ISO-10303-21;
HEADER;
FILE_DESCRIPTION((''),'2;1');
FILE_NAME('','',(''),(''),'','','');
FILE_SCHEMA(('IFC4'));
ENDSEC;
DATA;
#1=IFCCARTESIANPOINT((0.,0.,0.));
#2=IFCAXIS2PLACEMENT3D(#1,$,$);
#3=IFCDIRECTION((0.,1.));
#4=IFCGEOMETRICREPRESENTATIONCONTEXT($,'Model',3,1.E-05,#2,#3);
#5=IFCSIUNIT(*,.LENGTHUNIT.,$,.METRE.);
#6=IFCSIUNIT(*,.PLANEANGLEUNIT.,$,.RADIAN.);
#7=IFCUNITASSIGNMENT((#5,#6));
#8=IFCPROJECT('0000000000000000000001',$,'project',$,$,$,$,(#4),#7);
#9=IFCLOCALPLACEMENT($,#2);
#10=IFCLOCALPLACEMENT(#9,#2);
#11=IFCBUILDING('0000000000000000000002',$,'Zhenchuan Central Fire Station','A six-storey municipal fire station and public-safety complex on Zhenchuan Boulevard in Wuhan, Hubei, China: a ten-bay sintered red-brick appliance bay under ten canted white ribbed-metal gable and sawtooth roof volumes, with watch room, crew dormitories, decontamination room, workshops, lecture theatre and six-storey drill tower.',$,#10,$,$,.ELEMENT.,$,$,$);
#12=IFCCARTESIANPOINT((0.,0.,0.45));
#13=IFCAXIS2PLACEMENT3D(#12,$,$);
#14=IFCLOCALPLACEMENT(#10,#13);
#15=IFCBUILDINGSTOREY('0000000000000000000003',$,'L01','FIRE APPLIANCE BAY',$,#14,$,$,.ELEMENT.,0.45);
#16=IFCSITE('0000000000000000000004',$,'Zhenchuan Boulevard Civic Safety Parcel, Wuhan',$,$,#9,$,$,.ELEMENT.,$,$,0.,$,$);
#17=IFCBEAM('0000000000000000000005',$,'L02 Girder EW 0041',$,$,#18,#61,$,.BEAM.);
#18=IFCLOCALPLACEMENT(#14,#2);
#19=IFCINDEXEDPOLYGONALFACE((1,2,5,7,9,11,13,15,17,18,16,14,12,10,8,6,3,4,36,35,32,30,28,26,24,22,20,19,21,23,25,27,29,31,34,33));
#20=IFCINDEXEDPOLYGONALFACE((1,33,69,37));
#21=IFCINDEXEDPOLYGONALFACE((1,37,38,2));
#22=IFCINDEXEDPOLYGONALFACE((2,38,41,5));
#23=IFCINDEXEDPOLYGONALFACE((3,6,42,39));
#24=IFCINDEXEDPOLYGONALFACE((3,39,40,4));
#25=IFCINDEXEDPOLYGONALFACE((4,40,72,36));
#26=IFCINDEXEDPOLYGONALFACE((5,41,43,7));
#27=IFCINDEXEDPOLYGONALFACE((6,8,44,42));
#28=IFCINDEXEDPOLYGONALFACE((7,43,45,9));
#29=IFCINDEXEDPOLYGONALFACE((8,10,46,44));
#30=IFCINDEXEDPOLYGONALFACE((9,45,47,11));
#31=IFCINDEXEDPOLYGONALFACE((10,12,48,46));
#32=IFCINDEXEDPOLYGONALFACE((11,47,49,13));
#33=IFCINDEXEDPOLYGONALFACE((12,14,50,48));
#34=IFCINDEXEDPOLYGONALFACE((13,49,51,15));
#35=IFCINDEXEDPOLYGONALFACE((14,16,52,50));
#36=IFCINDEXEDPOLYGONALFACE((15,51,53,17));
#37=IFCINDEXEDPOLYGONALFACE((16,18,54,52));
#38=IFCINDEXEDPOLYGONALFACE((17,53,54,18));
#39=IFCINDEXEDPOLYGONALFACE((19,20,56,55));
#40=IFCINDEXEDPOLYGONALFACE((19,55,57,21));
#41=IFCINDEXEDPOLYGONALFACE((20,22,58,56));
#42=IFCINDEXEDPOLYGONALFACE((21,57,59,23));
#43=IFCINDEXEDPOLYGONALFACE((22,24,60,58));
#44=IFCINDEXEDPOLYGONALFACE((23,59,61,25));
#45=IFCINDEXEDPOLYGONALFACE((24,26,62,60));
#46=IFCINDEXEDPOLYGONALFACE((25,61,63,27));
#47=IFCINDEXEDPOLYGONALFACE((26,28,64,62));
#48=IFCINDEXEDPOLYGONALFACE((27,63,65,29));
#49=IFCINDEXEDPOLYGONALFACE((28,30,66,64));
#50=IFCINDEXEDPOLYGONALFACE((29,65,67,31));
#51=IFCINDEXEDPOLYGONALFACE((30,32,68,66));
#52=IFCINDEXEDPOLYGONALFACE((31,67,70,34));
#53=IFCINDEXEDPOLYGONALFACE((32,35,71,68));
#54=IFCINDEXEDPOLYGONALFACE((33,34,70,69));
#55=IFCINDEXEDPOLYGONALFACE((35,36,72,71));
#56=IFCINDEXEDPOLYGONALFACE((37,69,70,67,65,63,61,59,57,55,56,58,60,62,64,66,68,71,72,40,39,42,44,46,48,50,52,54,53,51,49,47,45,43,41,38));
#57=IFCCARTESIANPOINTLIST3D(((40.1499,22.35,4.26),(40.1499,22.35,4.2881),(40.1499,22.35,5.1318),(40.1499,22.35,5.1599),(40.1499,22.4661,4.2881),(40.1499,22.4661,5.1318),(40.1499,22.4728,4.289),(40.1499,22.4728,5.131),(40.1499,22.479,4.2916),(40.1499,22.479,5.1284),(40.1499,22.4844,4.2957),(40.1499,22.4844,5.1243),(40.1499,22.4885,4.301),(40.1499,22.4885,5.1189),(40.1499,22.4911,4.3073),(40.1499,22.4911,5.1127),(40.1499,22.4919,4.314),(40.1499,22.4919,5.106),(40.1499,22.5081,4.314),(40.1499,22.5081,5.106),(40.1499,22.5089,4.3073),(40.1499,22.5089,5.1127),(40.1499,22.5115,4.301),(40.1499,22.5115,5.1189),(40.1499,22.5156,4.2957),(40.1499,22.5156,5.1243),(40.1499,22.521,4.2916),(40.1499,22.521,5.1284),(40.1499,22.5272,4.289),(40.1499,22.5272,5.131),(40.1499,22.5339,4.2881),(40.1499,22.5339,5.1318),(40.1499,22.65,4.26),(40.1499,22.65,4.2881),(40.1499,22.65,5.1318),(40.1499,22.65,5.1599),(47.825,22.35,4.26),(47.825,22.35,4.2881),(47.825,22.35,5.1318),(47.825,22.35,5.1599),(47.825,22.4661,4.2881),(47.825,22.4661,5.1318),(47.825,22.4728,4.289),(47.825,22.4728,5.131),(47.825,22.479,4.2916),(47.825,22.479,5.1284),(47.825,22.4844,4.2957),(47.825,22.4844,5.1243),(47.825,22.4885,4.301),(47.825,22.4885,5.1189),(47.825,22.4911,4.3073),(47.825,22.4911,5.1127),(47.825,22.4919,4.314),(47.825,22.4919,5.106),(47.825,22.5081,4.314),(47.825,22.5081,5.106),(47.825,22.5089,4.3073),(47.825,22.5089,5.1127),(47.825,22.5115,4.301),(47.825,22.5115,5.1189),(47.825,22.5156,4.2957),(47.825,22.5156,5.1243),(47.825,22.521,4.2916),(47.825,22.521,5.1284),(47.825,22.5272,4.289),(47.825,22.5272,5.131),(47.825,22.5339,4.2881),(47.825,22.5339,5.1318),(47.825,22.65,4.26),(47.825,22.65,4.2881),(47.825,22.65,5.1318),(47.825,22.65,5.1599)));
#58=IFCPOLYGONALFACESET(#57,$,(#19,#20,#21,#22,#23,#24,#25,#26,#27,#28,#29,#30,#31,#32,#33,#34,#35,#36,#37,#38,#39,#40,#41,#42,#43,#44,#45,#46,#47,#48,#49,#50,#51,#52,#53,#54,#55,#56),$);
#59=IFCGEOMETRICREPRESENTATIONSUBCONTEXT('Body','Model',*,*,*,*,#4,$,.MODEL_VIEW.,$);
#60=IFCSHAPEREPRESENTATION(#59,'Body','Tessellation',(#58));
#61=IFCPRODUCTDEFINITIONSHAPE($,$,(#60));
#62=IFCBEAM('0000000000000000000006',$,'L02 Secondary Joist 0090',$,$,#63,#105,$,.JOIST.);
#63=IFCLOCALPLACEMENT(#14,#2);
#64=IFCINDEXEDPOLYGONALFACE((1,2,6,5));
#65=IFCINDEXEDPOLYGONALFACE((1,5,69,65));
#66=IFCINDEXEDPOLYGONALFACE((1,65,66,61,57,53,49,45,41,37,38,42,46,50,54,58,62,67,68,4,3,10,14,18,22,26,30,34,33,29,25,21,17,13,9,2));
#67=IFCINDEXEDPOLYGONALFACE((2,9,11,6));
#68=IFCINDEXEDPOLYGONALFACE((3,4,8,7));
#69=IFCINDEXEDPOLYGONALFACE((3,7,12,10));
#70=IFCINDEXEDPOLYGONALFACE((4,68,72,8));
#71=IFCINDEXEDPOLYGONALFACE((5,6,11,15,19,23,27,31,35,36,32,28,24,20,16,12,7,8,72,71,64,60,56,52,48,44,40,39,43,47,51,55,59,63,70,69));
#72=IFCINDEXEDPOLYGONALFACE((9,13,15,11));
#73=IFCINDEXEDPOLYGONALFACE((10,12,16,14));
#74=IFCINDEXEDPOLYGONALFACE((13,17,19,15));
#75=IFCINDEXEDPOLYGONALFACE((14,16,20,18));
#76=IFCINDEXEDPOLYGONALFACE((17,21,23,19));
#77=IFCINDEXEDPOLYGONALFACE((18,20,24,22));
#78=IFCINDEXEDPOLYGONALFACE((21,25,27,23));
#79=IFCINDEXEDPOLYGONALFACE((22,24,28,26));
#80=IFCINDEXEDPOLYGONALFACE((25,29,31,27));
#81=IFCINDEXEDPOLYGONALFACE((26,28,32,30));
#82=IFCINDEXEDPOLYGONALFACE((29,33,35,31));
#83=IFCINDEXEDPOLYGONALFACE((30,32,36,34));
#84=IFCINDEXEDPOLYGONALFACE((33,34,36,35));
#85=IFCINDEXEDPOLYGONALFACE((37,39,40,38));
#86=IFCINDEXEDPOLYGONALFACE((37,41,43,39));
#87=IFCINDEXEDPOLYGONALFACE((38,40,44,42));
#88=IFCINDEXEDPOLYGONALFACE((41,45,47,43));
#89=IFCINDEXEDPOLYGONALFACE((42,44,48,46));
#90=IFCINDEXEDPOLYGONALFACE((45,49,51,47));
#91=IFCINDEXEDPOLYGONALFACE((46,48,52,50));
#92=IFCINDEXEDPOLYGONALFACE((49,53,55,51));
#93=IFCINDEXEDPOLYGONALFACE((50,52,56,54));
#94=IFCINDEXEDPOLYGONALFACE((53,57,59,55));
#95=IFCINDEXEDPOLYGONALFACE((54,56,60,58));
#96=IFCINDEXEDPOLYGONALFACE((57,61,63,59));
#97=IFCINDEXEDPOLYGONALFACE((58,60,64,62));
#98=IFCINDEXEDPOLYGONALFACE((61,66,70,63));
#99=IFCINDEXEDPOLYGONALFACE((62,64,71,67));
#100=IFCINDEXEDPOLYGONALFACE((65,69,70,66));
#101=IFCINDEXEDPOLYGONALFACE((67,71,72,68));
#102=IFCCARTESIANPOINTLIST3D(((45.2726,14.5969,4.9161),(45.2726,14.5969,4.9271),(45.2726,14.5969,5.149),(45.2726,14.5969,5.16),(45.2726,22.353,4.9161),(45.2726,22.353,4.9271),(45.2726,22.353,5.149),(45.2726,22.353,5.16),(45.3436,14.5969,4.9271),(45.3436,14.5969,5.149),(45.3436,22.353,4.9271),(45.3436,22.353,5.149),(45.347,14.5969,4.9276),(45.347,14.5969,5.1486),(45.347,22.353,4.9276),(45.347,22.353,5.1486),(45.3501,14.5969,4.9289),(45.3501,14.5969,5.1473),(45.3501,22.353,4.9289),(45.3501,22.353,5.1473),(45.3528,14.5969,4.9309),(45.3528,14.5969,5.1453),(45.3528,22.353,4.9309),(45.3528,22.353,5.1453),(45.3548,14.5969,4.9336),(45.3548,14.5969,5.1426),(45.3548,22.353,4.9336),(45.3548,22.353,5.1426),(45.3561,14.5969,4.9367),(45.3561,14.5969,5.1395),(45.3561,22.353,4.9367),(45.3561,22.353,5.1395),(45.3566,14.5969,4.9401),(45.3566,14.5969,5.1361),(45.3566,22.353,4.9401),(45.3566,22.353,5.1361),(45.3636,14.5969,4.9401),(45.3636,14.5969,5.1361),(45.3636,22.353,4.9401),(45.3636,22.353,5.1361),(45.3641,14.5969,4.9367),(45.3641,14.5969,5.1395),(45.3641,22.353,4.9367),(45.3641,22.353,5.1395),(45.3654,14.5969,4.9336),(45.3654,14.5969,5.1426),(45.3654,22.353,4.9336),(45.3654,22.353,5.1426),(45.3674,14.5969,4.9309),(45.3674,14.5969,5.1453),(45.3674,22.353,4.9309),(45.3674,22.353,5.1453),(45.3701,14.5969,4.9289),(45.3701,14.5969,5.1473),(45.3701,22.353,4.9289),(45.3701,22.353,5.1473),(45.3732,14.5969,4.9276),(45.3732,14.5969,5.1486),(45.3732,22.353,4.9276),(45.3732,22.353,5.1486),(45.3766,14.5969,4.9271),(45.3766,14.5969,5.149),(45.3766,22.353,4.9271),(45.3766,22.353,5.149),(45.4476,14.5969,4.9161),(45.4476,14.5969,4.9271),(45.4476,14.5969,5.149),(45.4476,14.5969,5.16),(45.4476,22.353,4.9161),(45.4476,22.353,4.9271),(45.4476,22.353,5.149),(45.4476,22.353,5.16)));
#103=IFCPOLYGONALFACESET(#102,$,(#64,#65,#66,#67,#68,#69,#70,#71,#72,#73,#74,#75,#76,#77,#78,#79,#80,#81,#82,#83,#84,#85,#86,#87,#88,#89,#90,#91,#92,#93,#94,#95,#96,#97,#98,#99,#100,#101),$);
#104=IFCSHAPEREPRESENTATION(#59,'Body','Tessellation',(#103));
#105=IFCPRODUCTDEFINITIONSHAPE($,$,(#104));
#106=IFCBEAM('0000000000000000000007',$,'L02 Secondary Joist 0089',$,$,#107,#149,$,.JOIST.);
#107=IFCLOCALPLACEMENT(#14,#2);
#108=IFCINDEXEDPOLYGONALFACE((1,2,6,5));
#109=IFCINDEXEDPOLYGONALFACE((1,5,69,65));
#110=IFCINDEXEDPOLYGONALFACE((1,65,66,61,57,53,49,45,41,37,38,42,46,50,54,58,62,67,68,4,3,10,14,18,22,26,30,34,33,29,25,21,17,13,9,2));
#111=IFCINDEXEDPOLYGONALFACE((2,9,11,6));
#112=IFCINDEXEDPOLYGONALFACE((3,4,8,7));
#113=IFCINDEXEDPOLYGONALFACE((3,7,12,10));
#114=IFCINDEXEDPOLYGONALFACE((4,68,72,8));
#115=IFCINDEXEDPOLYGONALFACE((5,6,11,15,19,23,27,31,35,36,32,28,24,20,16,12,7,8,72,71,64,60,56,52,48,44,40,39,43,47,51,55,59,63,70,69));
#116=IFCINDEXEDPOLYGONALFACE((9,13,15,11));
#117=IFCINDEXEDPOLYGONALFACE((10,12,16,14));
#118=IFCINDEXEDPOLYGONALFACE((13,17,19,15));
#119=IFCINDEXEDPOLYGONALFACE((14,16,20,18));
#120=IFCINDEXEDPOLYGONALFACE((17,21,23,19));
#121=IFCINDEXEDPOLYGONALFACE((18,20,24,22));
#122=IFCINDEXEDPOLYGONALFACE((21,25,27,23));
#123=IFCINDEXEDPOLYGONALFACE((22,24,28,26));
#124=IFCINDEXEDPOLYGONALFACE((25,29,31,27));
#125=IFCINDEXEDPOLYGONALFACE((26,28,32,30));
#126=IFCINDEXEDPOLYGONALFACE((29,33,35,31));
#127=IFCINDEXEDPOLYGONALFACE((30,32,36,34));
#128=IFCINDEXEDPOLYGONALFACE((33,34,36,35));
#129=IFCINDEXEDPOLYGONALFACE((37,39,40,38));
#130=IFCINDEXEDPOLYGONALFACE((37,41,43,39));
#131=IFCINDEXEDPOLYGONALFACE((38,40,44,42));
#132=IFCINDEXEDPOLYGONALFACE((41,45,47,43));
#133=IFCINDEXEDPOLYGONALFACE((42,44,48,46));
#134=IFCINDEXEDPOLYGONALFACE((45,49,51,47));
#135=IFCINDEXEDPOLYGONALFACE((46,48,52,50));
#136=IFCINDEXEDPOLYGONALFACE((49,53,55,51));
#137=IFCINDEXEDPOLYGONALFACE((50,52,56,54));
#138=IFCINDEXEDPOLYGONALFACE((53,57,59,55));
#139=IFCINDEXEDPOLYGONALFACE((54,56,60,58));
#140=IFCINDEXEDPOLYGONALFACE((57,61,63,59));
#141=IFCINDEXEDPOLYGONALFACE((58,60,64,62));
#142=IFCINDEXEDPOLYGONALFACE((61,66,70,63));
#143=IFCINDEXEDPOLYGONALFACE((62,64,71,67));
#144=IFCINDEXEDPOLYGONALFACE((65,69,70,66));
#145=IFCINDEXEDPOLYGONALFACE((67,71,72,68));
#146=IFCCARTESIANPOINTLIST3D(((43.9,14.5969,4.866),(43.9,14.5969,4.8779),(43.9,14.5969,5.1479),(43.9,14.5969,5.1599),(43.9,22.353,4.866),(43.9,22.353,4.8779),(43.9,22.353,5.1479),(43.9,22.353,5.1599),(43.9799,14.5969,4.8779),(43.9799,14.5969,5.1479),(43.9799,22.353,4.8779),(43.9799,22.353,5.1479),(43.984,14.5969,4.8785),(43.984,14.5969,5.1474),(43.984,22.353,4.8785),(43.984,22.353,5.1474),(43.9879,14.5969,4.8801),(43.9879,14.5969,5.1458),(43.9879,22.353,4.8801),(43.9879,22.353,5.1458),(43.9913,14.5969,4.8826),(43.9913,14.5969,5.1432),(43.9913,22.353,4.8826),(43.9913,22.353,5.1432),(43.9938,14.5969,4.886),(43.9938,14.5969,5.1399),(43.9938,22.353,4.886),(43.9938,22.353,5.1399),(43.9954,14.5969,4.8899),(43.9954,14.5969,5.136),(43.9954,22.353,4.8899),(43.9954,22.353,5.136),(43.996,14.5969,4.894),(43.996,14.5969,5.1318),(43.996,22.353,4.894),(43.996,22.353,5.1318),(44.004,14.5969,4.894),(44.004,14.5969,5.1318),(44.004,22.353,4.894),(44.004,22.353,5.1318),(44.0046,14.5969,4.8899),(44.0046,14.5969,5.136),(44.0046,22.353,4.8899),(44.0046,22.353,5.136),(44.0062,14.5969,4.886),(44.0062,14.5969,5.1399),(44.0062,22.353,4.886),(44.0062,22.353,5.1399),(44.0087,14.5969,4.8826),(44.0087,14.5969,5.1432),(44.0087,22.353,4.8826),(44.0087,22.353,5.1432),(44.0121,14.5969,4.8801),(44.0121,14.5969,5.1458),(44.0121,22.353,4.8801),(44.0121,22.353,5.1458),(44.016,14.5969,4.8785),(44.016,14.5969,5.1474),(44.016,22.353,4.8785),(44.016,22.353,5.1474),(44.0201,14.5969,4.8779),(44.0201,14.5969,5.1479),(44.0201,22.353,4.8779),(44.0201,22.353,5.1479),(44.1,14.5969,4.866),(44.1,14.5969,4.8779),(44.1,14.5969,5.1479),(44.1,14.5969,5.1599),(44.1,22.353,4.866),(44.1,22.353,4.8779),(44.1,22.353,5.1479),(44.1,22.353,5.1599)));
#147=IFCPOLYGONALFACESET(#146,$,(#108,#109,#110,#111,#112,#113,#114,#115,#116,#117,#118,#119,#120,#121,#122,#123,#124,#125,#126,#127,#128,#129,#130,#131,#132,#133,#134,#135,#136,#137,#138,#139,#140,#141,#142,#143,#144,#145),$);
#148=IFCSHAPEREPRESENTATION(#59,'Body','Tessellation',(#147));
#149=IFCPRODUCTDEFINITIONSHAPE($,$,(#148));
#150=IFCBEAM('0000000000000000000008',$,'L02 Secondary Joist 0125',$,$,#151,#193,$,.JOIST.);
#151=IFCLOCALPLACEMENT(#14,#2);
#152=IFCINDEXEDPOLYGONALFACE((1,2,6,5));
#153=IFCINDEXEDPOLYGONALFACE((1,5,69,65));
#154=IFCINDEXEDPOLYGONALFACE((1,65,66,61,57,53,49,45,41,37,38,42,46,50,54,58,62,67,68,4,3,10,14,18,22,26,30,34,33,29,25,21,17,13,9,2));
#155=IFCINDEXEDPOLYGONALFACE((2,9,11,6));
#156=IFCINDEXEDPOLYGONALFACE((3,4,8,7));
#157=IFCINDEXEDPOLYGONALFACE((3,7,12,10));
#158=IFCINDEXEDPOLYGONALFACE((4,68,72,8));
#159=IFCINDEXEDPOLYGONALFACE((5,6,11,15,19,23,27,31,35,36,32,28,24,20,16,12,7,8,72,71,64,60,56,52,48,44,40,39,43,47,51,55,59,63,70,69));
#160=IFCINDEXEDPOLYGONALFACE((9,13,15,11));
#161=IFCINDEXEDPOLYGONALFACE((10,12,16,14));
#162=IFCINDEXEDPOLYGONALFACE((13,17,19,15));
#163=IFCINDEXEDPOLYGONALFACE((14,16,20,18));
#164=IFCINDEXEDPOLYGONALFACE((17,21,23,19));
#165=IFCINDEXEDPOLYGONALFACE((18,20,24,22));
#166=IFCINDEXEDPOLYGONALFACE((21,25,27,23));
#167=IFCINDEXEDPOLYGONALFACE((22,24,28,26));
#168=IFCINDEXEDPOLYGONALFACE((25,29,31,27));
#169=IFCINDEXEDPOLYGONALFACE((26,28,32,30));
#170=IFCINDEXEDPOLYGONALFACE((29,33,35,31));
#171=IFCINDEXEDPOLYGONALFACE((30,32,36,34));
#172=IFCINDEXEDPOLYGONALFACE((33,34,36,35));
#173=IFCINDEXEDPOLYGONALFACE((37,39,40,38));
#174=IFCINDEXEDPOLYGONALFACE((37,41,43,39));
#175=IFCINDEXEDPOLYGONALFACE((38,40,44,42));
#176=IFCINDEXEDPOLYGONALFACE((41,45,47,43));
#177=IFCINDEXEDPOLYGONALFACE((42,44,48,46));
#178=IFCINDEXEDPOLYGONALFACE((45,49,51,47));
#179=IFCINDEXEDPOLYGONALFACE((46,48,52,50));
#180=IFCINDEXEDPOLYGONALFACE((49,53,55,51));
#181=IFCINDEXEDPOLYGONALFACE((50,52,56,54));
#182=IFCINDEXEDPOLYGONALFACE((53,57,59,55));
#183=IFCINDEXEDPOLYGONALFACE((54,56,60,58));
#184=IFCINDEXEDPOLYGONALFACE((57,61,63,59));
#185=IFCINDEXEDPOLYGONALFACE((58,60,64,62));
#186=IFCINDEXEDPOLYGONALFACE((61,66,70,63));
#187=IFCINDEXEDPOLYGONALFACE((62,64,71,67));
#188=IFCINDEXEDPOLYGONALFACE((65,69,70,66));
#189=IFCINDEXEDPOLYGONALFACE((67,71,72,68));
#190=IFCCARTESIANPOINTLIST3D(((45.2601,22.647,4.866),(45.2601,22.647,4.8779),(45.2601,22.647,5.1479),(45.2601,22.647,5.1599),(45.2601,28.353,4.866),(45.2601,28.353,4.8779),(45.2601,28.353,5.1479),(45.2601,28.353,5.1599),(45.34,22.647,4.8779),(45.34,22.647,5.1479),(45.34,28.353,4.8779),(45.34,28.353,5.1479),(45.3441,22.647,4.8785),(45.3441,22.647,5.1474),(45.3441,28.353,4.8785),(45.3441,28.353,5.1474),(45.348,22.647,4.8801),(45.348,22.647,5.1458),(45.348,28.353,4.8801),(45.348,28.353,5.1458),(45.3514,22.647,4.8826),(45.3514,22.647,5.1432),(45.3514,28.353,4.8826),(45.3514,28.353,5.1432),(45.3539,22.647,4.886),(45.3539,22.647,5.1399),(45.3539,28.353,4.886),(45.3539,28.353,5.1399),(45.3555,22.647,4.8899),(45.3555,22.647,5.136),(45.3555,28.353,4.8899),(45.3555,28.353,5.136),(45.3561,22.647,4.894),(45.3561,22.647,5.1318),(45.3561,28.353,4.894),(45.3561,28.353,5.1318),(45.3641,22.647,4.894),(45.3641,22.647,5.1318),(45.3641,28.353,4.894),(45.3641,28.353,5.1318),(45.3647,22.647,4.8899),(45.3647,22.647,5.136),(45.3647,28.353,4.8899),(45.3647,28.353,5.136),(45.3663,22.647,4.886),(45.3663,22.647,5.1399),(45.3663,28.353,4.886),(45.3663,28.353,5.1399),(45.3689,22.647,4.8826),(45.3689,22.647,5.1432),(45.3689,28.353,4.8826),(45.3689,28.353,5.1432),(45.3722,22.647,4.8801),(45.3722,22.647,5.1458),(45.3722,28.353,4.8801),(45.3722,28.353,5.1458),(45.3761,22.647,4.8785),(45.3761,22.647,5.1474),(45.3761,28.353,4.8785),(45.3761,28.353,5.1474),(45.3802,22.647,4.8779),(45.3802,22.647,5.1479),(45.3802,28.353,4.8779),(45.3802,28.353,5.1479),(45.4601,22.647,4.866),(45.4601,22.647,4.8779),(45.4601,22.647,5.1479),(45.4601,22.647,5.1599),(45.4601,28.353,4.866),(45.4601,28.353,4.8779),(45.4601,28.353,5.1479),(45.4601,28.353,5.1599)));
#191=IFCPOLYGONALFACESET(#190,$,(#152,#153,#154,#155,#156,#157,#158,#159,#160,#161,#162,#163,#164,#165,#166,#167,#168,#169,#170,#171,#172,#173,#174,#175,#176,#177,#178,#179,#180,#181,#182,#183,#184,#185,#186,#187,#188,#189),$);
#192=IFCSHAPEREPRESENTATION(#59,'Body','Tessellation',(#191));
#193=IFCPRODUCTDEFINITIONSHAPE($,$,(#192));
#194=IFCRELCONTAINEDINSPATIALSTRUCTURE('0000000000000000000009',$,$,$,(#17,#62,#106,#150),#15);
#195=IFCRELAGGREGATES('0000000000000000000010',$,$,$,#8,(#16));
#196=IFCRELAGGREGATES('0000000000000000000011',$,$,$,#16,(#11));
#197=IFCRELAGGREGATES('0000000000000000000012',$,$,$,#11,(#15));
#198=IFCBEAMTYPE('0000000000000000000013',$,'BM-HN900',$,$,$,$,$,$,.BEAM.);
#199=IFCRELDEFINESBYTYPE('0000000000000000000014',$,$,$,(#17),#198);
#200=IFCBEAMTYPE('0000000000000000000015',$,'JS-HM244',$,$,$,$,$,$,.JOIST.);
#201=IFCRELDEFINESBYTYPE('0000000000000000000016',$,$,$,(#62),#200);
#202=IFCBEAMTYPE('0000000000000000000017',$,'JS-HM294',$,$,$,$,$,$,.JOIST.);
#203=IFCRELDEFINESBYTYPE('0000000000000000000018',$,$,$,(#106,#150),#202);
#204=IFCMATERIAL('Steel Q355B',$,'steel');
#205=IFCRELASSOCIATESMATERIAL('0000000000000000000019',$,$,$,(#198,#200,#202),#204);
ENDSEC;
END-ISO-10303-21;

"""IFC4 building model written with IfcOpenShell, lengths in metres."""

from ifc_helpers import new_model, si_unit, direction, frame, origin, origin_2d, place, context, subcontext, project, spatial, i_section, extrude, material, material_profile, profile_set, type_object, element, save


model = new_model("IFC4")

# Units and contexts
model_context = context("Model", 3, precision=1e-05, world=origin(), true_north=direction((0.0, 1.0)))
body_context = subcontext(model_context, "Body", "Model", "MODEL_VIEW")
ifc_project = project(units=[si_unit("LENGTHUNIT", "METRE"), si_unit("PLANEANGLEUNIT", "RADIAN")], contexts=[model_context])

# Site, building, storey
site_placement = place(None, origin())
site = spatial("IfcSite", under=ifc_project, at=site_placement, Name="Zhenchuan Boulevard Civic Safety Parcel, Wuhan", CompositionType="ELEMENT", RefElevation=0.0)
building_placement = place(site_placement, origin())
building = spatial("IfcBuilding", under=site, at=building_placement, Name="Zhenchuan Central Fire Station", Description="A six-storey municipal fire station and public-safety complex on Zhenchuan Boulevard in Wuhan, Hubei, China: a ten-bay sintered red-brick appliance bay under ten canted white ribbed-metal gable and sawtooth roof volumes, with watch room, crew dormitories, decontamination room, workshops, lecture theatre and six-storey drill tower.", CompositionType="ELEMENT")
storey_placement = place(building_placement, frame((0.0, 0.0, 0.45)))
storey = spatial("IfcBuildingStorey", under=building, at=storey_placement, Name="L01", Description="FIRE APPLIANCE BAY", CompositionType="ELEMENT", Elevation=0.45)

# Shared definitions
ifc_material_1 = material(Name="Steel Q355B", Category="steel")

# Beams
ifc_material_profile_1 = material_profile(ifc_material_1, i_section(OverallWidth=0.3, OverallDepth=0.8999, WebThickness=0.0161, FlangeThickness=0.0281, FilletRadius=0.0259, at=origin_2d()), Name="HN 900x300")
ifc_profile_set_1 = profile_set([ifc_material_profile_1], Name="Steel Q355B")
beam_type_1 = type_object("IfcBeamType", Name="BM-HN900", PredefinedType="BEAM", material=ifc_profile_set_1)
beam_1_placement = place(storey_placement, frame((40.1499, 22.5, 4.71), z_axis=(1.0, 0.0, 0.0), x_axis=(0.0, 1.0, 0.0)))
element("IfcBeam", 1, at=beam_1_placement, inside=storey, type_object=beam_type_1, Name="L02 Girder EW 0041", PredefinedType="BEAM", context=body_context, shape_type="SweptSolid", body=[
    extrude(i_section(OverallWidth=0.3, OverallDepth=0.8999, WebThickness=0.0161, FlangeThickness=0.0281, FilletRadius=0.0259, at=origin_2d()), origin(), (0.0, 0.0, 1.0), 7.675),
])
ifc_material_profile_2 = material_profile(ifc_material_1, i_section(OverallWidth=0.175, OverallDepth=0.2439, WebThickness=0.0071, FlangeThickness=0.011, FilletRadius=0.0129, at=origin_2d()), Name="HM 244x175")
ifc_profile_set_2 = profile_set([ifc_material_profile_2], Name="Steel Q355B")
beam_type_2 = type_object("IfcBeamType", Name="JS-HM244", PredefinedType="JOIST", material=ifc_profile_set_2)
beam_2_placement = place(storey_placement, frame((45.3601, 14.5969, 5.0381), z_axis=(0.0, 1.0, 0.0), x_axis=(-1.0, 0.0, 0.0)))
element("IfcBeam", 2, at=beam_2_placement, inside=storey, type_object=beam_type_2, Name="L02 Secondary Joist 0090", PredefinedType="JOIST", context=body_context, shape_type="SweptSolid", body=[
    extrude(i_section(OverallWidth=0.175, OverallDepth=0.2439, WebThickness=0.0071, FlangeThickness=0.011, FilletRadius=0.0129, at=origin_2d()), origin(), (0.0, 0.0, 1.0), 7.7561),
])
ifc_material_profile_3 = material_profile(ifc_material_1, i_section(OverallWidth=0.2, OverallDepth=0.2939, WebThickness=0.0081, FlangeThickness=0.012, FilletRadius=0.0161, at=origin_2d()), Name="HM 294x200")
ifc_profile_set_3 = profile_set([ifc_material_profile_3], Name="Steel Q355B")
beam_type_3 = type_object("IfcBeamType", Name="JS-HM294", PredefinedType="JOIST", material=ifc_profile_set_3)
beam_3_placement = place(storey_placement, frame((44.0, 14.5969, 5.0129), z_axis=(0.0, 1.0, 0.0), x_axis=(-1.0, 0.0, 0.0)))
element("IfcBeam", 3, at=beam_3_placement, inside=storey, type_object=beam_type_3, Name="L02 Secondary Joist 0089", PredefinedType="JOIST", context=body_context, shape_type="SweptSolid", body=[
    extrude(i_section(OverallWidth=0.2, OverallDepth=0.2939, WebThickness=0.0081, FlangeThickness=0.012, FilletRadius=0.0161, at=origin_2d()), origin(), (0.0, 0.0, 1.0), 7.7561),
])
beam_4_placement = place(storey_placement, frame((45.3601, 22.647, 5.0129), z_axis=(0.0, 1.0, 0.0), x_axis=(-1.0, 0.0, 0.0)))
element("IfcBeam", 4, at=beam_4_placement, inside=storey, type_object=beam_type_3, Name="L02 Secondary Joist 0125", PredefinedType="JOIST", context=body_context, shape_type="SweptSolid", body=[
    extrude(i_section(OverallWidth=0.2, OverallDepth=0.2939, WebThickness=0.0081, FlangeThickness=0.012, FilletRadius=0.0161, at=origin_2d()), origin(), (0.0, 0.0, 1.0), 5.7061),
])

save(model, "model.ifc")
